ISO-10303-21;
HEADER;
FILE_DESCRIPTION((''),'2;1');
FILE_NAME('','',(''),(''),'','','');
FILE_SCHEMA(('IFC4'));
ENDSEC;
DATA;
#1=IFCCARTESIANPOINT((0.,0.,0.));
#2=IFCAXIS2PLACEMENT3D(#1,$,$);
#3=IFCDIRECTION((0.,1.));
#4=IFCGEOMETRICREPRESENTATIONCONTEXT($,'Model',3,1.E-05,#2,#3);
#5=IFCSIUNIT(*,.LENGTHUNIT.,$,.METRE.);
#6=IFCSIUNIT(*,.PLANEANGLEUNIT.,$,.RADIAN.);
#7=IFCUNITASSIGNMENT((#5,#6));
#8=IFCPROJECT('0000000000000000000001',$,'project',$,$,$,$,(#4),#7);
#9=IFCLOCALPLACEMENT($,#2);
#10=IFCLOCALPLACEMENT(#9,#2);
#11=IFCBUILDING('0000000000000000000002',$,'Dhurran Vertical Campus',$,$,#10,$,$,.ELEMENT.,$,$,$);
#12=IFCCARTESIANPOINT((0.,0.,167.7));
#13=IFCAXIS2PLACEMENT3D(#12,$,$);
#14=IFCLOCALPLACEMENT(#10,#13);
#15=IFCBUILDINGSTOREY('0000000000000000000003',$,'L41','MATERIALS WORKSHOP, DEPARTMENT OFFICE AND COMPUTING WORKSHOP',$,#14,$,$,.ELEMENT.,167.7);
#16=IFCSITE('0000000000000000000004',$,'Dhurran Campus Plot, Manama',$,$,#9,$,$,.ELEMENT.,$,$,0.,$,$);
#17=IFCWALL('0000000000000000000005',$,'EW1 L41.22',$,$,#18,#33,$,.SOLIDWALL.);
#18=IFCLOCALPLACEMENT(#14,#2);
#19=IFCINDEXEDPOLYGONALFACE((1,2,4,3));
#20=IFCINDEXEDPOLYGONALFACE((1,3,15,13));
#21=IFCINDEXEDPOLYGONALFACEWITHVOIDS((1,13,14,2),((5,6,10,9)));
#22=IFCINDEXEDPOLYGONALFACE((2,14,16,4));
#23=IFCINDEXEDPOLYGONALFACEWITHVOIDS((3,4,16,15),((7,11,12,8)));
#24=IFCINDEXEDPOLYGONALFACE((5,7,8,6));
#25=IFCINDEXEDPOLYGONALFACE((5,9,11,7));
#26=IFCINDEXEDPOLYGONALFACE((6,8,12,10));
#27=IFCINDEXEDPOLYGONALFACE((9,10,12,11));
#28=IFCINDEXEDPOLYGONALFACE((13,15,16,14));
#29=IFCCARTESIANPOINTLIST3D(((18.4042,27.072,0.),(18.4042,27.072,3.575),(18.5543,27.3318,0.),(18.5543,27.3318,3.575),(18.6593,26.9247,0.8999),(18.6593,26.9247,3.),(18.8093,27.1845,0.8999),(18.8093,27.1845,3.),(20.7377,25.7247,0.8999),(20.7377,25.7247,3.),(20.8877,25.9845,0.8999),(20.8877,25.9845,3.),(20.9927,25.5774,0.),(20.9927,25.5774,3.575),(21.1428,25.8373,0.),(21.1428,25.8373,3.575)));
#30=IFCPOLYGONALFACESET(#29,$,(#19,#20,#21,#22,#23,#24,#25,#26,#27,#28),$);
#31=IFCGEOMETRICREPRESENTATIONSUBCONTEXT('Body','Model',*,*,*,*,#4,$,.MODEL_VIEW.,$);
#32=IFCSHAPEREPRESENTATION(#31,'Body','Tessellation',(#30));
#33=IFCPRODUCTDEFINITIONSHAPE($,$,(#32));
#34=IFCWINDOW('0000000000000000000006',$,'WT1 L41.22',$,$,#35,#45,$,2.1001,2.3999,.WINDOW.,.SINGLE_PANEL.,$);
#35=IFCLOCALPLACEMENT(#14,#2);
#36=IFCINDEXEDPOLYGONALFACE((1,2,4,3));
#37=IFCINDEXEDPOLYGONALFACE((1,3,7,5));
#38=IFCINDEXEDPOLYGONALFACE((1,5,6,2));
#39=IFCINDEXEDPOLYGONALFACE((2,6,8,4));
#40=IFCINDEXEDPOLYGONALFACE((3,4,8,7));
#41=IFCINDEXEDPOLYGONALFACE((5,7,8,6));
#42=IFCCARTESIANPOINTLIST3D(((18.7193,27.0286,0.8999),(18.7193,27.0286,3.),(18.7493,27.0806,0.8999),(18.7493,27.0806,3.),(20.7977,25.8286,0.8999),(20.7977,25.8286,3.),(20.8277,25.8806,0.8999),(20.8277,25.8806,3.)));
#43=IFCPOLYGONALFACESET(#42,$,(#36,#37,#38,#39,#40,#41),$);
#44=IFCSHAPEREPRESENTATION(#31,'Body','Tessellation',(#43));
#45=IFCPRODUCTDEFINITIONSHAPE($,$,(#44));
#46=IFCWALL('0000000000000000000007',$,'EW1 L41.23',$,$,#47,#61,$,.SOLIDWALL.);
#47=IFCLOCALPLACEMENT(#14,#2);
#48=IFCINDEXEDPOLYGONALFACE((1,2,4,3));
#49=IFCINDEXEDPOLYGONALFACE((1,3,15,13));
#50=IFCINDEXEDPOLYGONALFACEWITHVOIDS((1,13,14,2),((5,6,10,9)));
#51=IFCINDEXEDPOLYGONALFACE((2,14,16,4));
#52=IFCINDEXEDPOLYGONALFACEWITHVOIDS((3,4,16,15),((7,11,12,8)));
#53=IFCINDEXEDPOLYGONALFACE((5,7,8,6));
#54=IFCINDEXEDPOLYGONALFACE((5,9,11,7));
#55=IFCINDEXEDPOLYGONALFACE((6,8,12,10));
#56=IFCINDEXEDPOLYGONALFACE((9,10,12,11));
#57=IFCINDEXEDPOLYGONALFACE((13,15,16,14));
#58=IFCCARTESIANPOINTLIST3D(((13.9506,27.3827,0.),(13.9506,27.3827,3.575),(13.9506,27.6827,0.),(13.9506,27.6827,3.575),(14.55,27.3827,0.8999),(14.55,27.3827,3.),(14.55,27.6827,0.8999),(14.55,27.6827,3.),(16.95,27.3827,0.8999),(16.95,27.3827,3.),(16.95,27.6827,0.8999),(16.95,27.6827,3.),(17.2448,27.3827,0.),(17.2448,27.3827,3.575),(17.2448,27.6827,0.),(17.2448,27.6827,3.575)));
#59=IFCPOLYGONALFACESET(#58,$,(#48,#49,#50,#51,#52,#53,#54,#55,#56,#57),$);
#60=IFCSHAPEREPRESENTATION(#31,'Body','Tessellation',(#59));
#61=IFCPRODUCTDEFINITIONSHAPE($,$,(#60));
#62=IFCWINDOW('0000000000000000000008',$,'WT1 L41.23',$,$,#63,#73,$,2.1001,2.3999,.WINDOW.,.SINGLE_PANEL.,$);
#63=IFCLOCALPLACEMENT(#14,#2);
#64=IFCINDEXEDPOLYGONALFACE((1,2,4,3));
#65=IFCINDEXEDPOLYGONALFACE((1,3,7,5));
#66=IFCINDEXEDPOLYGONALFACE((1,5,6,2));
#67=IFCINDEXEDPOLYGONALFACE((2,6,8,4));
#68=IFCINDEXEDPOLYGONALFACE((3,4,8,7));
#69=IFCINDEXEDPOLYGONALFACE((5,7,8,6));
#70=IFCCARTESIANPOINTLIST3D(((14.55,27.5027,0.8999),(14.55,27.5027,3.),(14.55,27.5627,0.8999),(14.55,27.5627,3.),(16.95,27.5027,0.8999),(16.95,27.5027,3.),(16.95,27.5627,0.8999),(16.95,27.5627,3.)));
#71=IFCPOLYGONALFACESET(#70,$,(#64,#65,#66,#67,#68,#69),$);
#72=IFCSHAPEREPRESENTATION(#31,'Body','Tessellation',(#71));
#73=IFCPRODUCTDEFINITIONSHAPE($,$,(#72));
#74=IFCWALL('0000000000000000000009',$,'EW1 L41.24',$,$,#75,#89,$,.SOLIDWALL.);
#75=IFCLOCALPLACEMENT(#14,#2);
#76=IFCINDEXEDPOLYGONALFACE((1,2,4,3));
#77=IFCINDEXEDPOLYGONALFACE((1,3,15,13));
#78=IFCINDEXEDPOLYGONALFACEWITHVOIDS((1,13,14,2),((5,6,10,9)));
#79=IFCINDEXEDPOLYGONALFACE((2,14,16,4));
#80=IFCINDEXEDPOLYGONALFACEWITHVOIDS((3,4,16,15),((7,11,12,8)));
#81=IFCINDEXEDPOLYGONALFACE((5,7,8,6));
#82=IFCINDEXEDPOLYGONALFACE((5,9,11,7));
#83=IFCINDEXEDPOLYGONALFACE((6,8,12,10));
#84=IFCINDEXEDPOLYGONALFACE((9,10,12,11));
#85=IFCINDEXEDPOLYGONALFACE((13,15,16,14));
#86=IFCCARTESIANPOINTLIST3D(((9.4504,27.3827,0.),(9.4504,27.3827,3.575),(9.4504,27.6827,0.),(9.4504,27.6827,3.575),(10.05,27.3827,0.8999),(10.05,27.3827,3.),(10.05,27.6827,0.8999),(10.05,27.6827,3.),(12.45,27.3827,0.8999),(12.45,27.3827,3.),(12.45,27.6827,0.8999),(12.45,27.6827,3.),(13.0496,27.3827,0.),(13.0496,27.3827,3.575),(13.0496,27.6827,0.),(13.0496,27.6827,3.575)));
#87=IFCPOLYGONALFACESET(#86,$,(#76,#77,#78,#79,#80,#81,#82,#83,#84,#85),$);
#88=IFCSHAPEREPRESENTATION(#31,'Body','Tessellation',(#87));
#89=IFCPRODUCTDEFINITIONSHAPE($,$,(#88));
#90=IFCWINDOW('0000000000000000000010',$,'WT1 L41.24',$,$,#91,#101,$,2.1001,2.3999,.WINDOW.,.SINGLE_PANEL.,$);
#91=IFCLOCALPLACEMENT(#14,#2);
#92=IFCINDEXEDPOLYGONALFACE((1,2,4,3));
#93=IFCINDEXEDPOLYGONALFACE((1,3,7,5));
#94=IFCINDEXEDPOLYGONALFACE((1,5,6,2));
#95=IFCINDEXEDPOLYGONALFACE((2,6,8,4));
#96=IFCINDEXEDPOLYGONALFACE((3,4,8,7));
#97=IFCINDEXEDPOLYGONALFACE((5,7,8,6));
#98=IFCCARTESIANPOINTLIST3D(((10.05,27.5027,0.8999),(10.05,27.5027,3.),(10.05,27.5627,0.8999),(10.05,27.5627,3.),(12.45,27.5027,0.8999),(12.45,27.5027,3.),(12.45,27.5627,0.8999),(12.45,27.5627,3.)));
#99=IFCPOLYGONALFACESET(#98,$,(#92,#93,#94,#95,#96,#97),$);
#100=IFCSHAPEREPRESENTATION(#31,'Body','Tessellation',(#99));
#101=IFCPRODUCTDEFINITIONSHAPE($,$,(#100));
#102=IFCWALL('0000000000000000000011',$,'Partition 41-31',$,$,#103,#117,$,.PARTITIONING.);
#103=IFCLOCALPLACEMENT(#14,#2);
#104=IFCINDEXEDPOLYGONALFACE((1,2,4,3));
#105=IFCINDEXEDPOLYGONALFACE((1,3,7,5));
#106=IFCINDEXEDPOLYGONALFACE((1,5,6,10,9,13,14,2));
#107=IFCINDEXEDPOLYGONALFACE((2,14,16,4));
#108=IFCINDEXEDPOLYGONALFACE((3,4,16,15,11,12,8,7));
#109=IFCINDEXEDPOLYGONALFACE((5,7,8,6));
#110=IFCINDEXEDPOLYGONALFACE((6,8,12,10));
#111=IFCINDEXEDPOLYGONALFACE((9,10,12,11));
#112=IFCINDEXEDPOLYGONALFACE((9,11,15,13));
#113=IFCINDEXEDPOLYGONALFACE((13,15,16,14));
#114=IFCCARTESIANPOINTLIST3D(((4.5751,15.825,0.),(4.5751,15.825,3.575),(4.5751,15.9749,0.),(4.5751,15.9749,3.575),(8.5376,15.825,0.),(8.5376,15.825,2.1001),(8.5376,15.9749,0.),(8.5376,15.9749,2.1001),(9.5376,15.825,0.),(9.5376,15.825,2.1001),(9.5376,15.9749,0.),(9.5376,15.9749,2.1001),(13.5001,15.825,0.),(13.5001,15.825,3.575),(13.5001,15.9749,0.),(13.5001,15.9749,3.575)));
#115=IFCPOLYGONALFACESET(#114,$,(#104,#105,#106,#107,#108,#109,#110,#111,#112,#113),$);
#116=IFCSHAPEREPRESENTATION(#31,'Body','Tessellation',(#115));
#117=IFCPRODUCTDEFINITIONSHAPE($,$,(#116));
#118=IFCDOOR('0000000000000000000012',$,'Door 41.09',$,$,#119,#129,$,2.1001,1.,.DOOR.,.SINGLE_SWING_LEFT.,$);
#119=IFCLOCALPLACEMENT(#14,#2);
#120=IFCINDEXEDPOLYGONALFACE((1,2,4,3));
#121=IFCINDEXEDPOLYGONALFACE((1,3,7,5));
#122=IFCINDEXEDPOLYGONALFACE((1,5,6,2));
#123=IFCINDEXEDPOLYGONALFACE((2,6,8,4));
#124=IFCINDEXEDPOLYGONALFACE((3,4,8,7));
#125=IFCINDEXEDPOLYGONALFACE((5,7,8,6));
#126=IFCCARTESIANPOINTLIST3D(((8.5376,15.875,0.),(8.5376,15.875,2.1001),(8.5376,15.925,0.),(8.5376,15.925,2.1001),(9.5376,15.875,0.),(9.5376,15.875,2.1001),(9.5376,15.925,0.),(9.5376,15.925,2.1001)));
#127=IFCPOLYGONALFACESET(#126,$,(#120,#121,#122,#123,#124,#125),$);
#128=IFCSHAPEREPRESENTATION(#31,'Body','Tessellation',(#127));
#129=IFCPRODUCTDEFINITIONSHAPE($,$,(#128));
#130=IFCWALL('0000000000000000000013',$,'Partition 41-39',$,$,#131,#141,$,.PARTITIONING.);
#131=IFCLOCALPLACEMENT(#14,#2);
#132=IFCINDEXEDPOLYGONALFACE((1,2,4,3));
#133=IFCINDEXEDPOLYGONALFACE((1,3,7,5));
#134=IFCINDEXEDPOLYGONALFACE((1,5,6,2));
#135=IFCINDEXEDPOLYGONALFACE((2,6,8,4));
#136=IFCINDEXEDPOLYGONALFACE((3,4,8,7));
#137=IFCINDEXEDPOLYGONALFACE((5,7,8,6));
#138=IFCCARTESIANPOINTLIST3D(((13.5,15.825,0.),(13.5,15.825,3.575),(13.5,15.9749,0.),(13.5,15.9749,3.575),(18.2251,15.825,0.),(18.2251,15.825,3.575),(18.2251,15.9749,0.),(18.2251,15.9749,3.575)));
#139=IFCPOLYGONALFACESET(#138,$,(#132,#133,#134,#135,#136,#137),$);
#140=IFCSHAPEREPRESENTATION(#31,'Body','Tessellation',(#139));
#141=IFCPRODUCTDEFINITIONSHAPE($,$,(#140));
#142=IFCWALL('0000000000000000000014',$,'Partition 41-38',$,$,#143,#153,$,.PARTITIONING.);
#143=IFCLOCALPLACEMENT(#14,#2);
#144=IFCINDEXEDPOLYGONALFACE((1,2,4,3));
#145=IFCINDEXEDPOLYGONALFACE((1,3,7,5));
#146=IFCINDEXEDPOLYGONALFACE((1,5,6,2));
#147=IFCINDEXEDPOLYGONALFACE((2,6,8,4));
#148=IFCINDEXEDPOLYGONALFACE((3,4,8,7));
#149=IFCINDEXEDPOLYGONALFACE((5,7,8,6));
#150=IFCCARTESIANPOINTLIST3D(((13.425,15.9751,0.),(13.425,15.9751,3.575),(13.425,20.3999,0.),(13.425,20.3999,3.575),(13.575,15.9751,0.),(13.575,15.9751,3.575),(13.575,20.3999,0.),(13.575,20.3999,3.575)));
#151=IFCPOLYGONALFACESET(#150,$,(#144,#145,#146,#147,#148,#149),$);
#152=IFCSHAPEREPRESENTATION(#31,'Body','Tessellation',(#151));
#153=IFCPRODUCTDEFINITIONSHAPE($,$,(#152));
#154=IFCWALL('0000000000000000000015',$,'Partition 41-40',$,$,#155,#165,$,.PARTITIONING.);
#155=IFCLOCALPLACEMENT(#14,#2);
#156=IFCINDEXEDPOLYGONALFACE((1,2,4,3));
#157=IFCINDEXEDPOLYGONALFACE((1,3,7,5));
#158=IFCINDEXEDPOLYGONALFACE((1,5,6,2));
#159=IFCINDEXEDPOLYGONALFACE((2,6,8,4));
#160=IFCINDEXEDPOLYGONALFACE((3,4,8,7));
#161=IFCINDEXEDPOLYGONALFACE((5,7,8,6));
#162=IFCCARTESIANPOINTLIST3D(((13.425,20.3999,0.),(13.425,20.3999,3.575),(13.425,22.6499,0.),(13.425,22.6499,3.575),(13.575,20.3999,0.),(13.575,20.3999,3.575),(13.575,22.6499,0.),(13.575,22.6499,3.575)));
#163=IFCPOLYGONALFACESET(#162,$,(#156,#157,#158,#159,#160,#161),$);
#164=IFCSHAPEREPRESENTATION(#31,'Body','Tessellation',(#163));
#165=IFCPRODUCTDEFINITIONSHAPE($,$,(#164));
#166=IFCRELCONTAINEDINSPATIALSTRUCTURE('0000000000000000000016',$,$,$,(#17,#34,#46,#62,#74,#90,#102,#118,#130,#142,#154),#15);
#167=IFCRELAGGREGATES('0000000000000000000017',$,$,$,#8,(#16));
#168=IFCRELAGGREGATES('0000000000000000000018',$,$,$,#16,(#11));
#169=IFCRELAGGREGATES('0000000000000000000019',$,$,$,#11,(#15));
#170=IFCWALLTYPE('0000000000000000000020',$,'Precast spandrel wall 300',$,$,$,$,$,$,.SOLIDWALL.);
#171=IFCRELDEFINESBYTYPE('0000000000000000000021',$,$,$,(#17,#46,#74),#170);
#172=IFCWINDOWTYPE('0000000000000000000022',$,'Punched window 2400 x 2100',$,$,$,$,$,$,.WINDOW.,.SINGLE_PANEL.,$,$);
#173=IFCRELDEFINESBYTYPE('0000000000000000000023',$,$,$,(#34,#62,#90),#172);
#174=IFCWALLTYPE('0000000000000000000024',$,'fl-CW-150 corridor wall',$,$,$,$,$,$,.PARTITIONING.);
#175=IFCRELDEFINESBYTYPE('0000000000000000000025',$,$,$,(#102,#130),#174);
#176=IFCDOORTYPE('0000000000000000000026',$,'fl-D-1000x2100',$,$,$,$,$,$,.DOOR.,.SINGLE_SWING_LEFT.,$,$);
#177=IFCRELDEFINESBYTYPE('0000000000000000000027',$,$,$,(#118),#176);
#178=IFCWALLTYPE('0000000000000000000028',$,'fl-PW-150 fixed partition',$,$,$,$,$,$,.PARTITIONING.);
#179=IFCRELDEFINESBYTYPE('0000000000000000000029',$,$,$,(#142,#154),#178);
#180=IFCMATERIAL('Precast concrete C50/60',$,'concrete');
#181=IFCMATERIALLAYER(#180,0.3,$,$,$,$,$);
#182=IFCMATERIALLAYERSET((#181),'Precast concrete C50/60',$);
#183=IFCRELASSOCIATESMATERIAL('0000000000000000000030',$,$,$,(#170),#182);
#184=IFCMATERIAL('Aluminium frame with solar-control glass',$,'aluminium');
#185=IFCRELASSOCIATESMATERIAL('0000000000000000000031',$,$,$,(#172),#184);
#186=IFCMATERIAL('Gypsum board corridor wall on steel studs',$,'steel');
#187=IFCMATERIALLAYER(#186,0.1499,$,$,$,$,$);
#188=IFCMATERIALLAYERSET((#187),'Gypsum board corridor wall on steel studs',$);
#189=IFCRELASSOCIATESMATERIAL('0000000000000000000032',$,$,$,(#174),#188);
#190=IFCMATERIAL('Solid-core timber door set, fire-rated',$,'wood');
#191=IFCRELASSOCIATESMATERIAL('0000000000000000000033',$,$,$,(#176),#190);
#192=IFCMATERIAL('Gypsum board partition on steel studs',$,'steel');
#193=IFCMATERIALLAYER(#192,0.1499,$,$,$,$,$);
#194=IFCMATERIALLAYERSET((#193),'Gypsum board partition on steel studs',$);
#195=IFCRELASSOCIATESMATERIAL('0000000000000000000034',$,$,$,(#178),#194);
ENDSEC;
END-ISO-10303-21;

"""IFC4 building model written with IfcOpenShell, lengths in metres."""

from ifc_helpers import new_model, si_unit, direction, frame, frame_2d, origin, place, context, subcontext, project, spatial, rectangle, extrude, material, layer, layer_set, type_object, element, fill, save


model = new_model("IFC4")

# Units and contexts
model_context = context("Model", 3, precision=1e-05, world=origin(), true_north=direction((0.0, 1.0)))
body_context = subcontext(model_context, "Body", "Model", "MODEL_VIEW")
ifc_project = project(units=[si_unit("LENGTHUNIT", "METRE"), si_unit("PLANEANGLEUNIT", "RADIAN")], contexts=[model_context])

# Site, building, storey
site_placement = place(None, origin())
site = spatial("IfcSite", under=ifc_project, at=site_placement, Name="Dhurran Campus Plot, Manama", CompositionType="ELEMENT", RefElevation=0.0)
building_placement = place(site_placement, origin())
building = spatial("IfcBuilding", under=site, at=building_placement, Name="Dhurran Vertical Campus", CompositionType="ELEMENT")
storey_placement = place(building_placement, frame((0.0, 0.0, 167.7)))
storey = spatial("IfcBuildingStorey", under=building, at=storey_placement, Name="L41", Description="MATERIALS WORKSHOP, DEPARTMENT OFFICE AND COMPUTING WORKSHOP", CompositionType="ELEMENT", Elevation=167.7)

# Walls, openings, windows
ifc_material_1 = material(Name="Precast concrete C50/60", Category="concrete")
ifc_layer_1 = layer(ifc_material_1, 0.3)
ifc_layer_set_1 = layer_set([ifc_layer_1], Name="Precast concrete C50/60")
wall_type_1 = type_object("IfcWallType", Name="Precast spandrel wall 300", PredefinedType="SOLIDWALL", material=ifc_layer_set_1)
ifc_material_2 = material(Name="Aluminium frame with solar-control glass", Category="aluminium")
window_type = type_object("IfcWindowType", Name="Punched window 2400 x 2100", PartitioningType="SINGLE_PANEL", PredefinedType="WINDOW", material=ifc_material_2)
wall_1_placement = place(storey_placement, frame((21.0679, 25.7073, 0.0), z_axis=(0.0, 0.0, 1.0), x_axis=(-0.866013, 0.500022, 0.0)))
wall_1 = element("IfcWall", 1, at=wall_1_placement, inside=storey, type_object=wall_type_1, Name="EW1 L41.22", PredefinedType="SOLIDWALL", context=body_context, shape_type="SweptSolid", body=[
    extrude(rectangle(XDim=2.989, YDim=0.3, at=frame_2d((1.4946, 0.0))), origin(), (0.0, 0.0, 1.0), 3.575),
])
opening_1_placement = place(wall_1_placement, frame((0.2947, 0.0, 0.8999)))
opening_1 = element("IfcOpeningElement", 2, at=opening_1_placement, cuts=wall_1, PredefinedType="OPENING", context=body_context, shape_type="SweptSolid", body=[
    extrude(rectangle(XDim=2.3999, YDim=2.1001, at=frame_2d((1.2, 1.05))), frame((0.0, 0.1599, 0.0), z_axis=(0.0, -1.0, 0.0), x_axis=(1.0, 0.0, 0.0)), (0.0, 0.0, 1.0), 0.3201),
])
window_1_placement = place(opening_1_placement, origin())
window_1 = element("IfcWindow", 3, at=window_1_placement, inside=storey, type_object=window_type, Name="WT1 L41.22", OverallHeight=2.1001, OverallWidth=2.3999, PartitioningType="SINGLE_PANEL", PredefinedType="WINDOW", context=body_context, shape_type="SweptSolid", body=[
    extrude(rectangle(XDim=2.3999, YDim=2.1001, at=frame_2d((1.2, 1.05))), frame((0.0, 0.03, 0.0), z_axis=(0.0, -1.0, 0.0), x_axis=(1.0, 0.0, 0.0)), (0.0, 0.0, 1.0), 0.0601),
])
fill(opening_1, window_1)
wall_2_placement = place(storey_placement, frame((17.2446, 27.5327, 0.0), z_axis=(0.0, 0.0, 1.0), x_axis=(-1.0, 0.0, 0.0)))
wall_2 = element("IfcWall", 4, at=wall_2_placement, inside=storey, type_object=wall_type_1, Name="EW1 L41.23", PredefinedType="SOLIDWALL", context=body_context, shape_type="SweptSolid", body=[
    extrude(rectangle(XDim=3.2942, YDim=0.3, at=frame_2d((1.647, 0.0))), origin(), (0.0, 0.0, 1.0), 3.575),
])
opening_2_placement = place(wall_2_placement, frame((0.2947, 0.0, 0.8999)))
opening_2 = element("IfcOpeningElement", 5, at=opening_2_placement, cuts=wall_2, PredefinedType="OPENING", context=body_context, shape_type="SweptSolid", body=[
    extrude(rectangle(XDim=2.3999, YDim=2.1001, at=frame_2d((1.2, 1.05))), frame((0.0, 0.1599, 0.0), z_axis=(0.0, -1.0, 0.0), x_axis=(1.0, 0.0, 0.0)), (0.0, 0.0, 1.0), 0.3201),
])
window_2_placement = place(opening_2_placement, origin())
window_2 = element("IfcWindow", 6, at=window_2_placement, inside=storey, type_object=window_type, Name="WT1 L41.23", OverallHeight=2.1001, OverallWidth=2.3999, PartitioningType="SINGLE_PANEL", PredefinedType="WINDOW", context=body_context, shape_type="SweptSolid", body=[
    extrude(rectangle(XDim=2.3999, YDim=2.1001, at=frame_2d((1.2, 1.05))), frame((0.0, 0.03, 0.0), z_axis=(0.0, -1.0, 0.0), x_axis=(1.0, 0.0, 0.0)), (0.0, 0.0, 1.0), 0.0601),
])
fill(opening_2, window_2)
wall_3_placement = place(storey_placement, frame((13.0496, 27.5327, 0.0), z_axis=(0.0, 0.0, 1.0), x_axis=(-1.0, 0.0, 0.0)))
wall_3 = element("IfcWall", 7, at=wall_3_placement, inside=storey, type_object=wall_type_1, Name="EW1 L41.24", PredefinedType="SOLIDWALL", context=body_context, shape_type="SweptSolid", body=[
    extrude(rectangle(XDim=3.5991, YDim=0.3, at=frame_2d((1.7996, 0.0))), origin(), (0.0, 0.0, 1.0), 3.575),
])
opening_3_placement = place(wall_3_placement, frame((0.5996, 0.0, 0.8999)))
opening_3 = element("IfcOpeningElement", 8, at=opening_3_placement, cuts=wall_3, PredefinedType="OPENING", context=body_context, shape_type="SweptSolid", body=[
    extrude(rectangle(XDim=2.3999, YDim=2.1001, at=frame_2d((1.2, 1.05))), frame((0.0, 0.1599, 0.0), z_axis=(0.0, -1.0, 0.0), x_axis=(1.0, 0.0, 0.0)), (0.0, 0.0, 1.0), 0.3201),
])
window_3_placement = place(opening_3_placement, origin())
window_3 = element("IfcWindow", 9, at=window_3_placement, inside=storey, type_object=window_type, Name="WT1 L41.24", OverallHeight=2.1001, OverallWidth=2.3999, PartitioningType="SINGLE_PANEL", PredefinedType="WINDOW", context=body_context, shape_type="SweptSolid", body=[
    extrude(rectangle(XDim=2.3999, YDim=2.1001, at=frame_2d((1.2, 1.05))), frame((0.0, 0.03, 0.0), z_axis=(0.0, -1.0, 0.0), x_axis=(1.0, 0.0, 0.0)), (0.0, 0.0, 1.0), 0.0601),
])
fill(opening_3, window_3)

# Wall, opening, door
ifc_material_3 = material(Name="Gypsum board corridor wall on steel studs", Category="steel")
ifc_layer_2 = layer(ifc_material_3, 0.1499)
ifc_layer_set_2 = layer_set([ifc_layer_2], Name="Gypsum board corridor wall on steel studs")
wall_type_2 = type_object("IfcWallType", Name="fl-CW-150 corridor wall", PredefinedType="PARTITIONING", material=ifc_layer_set_2)
wall_4_placement = place(storey_placement, frame((13.5, 15.8999, 0.0), z_axis=(0.0, 0.0, 1.0), x_axis=(-1.0, 0.0, 0.0)))
wall_4 = element("IfcWall", 10, at=wall_4_placement, inside=storey, type_object=wall_type_2, Name="Partition 41-31", PredefinedType="PARTITIONING", context=body_context, shape_type="SweptSolid", body=[
    extrude(rectangle(XDim=8.925, YDim=0.1499, at=frame_2d((4.4624, 0.0))), origin(), (0.0, 0.0, 1.0), 3.575),
])
opening_4_placement = place(wall_4_placement, frame((3.9624, 0.0, 0.0)))
opening_4 = element("IfcOpeningElement", 11, at=opening_4_placement, cuts=wall_4, PredefinedType="OPENING", context=body_context, shape_type="SweptSolid", body=[
    extrude(rectangle(XDim=1.0, YDim=2.1001, at=frame_2d((0.5, 1.05))), frame((0.0, 0.085, 0.0), z_axis=(0.0, -1.0, 0.0), x_axis=(1.0, 0.0, 0.0)), (0.0, 0.0, 1.0), 0.1699),
])
ifc_material_4 = material(Name="Solid-core timber door set, fire-rated", Category="wood")
door_type = type_object("IfcDoorType", Name="fl-D-1000x2100", OperationType="SINGLE_SWING_LEFT", PredefinedType="DOOR", material=ifc_material_4)
door_placement = place(opening_4_placement, origin())
door = element("IfcDoor", 12, at=door_placement, inside=storey, type_object=door_type, Name="Door 41.09", OperationType="SINGLE_SWING_LEFT", OverallHeight=2.1001, OverallWidth=1.0, PredefinedType="DOOR", context=body_context, shape_type="SweptSolid", body=[
    extrude(rectangle(XDim=1.0, YDim=2.1001, at=frame_2d((0.5, 1.05))), frame((0.0, 0.0249, 0.0), z_axis=(0.0, -1.0, 0.0), x_axis=(1.0, 0.0, 0.0)), (0.0, 0.0, 1.0), 0.05),
])
fill(opening_4, door)

# Walls
wall_5_placement = place(storey_placement, frame((18.2251, 15.8999, 0.0), z_axis=(0.0, 0.0, 1.0), x_axis=(-1.0, 0.0, 0.0)))
element("IfcWall", 13, at=wall_5_placement, inside=storey, type_object=wall_type_2, Name="Partition 41-39", PredefinedType="PARTITIONING", context=body_context, shape_type="SweptSolid", body=[
    extrude(rectangle(XDim=4.7251, YDim=0.1499, at=frame_2d((2.3625, 0.0))), origin(), (0.0, 0.0, 1.0), 3.575),
])
ifc_material_5 = material(Name="Gypsum board partition on steel studs", Category="steel")
ifc_layer_3 = layer(ifc_material_5, 0.1499)
ifc_layer_set_3 = layer_set([ifc_layer_3], Name="Gypsum board partition on steel studs")
wall_type_3 = type_object("IfcWallType", Name="fl-PW-150 fixed partition", PredefinedType="PARTITIONING", material=ifc_layer_set_3)
wall_6_placement = place(storey_placement, frame((13.5, 20.3999, 0.0), z_axis=(0.0, 0.0, 1.0), x_axis=(0.0, -1.0, 0.0)))
element("IfcWall", 14, at=wall_6_placement, inside=storey, type_object=wall_type_3, Name="Partition 41-38", PredefinedType="PARTITIONING", context=body_context, shape_type="SweptSolid", body=[
    extrude(rectangle(XDim=4.4248, YDim=0.1499, at=frame_2d((2.2124, 0.0))), origin(), (0.0, 0.0, 1.0), 3.575),
])
wall_7_placement = place(storey_placement, frame((13.5, 22.6499, 0.0), z_axis=(0.0, 0.0, 1.0), x_axis=(0.0, -1.0, 0.0)))
element("IfcWall", 15, at=wall_7_placement, inside=storey, type_object=wall_type_3, Name="Partition 41-40", PredefinedType="PARTITIONING", context=body_context, shape_type="SweptSolid", body=[
    extrude(rectangle(XDim=2.25, YDim=0.1499, at=frame_2d((1.125, 0.0))), origin(), (0.0, 0.0, 1.0), 3.575),
])

save(model, "model.ifc")
